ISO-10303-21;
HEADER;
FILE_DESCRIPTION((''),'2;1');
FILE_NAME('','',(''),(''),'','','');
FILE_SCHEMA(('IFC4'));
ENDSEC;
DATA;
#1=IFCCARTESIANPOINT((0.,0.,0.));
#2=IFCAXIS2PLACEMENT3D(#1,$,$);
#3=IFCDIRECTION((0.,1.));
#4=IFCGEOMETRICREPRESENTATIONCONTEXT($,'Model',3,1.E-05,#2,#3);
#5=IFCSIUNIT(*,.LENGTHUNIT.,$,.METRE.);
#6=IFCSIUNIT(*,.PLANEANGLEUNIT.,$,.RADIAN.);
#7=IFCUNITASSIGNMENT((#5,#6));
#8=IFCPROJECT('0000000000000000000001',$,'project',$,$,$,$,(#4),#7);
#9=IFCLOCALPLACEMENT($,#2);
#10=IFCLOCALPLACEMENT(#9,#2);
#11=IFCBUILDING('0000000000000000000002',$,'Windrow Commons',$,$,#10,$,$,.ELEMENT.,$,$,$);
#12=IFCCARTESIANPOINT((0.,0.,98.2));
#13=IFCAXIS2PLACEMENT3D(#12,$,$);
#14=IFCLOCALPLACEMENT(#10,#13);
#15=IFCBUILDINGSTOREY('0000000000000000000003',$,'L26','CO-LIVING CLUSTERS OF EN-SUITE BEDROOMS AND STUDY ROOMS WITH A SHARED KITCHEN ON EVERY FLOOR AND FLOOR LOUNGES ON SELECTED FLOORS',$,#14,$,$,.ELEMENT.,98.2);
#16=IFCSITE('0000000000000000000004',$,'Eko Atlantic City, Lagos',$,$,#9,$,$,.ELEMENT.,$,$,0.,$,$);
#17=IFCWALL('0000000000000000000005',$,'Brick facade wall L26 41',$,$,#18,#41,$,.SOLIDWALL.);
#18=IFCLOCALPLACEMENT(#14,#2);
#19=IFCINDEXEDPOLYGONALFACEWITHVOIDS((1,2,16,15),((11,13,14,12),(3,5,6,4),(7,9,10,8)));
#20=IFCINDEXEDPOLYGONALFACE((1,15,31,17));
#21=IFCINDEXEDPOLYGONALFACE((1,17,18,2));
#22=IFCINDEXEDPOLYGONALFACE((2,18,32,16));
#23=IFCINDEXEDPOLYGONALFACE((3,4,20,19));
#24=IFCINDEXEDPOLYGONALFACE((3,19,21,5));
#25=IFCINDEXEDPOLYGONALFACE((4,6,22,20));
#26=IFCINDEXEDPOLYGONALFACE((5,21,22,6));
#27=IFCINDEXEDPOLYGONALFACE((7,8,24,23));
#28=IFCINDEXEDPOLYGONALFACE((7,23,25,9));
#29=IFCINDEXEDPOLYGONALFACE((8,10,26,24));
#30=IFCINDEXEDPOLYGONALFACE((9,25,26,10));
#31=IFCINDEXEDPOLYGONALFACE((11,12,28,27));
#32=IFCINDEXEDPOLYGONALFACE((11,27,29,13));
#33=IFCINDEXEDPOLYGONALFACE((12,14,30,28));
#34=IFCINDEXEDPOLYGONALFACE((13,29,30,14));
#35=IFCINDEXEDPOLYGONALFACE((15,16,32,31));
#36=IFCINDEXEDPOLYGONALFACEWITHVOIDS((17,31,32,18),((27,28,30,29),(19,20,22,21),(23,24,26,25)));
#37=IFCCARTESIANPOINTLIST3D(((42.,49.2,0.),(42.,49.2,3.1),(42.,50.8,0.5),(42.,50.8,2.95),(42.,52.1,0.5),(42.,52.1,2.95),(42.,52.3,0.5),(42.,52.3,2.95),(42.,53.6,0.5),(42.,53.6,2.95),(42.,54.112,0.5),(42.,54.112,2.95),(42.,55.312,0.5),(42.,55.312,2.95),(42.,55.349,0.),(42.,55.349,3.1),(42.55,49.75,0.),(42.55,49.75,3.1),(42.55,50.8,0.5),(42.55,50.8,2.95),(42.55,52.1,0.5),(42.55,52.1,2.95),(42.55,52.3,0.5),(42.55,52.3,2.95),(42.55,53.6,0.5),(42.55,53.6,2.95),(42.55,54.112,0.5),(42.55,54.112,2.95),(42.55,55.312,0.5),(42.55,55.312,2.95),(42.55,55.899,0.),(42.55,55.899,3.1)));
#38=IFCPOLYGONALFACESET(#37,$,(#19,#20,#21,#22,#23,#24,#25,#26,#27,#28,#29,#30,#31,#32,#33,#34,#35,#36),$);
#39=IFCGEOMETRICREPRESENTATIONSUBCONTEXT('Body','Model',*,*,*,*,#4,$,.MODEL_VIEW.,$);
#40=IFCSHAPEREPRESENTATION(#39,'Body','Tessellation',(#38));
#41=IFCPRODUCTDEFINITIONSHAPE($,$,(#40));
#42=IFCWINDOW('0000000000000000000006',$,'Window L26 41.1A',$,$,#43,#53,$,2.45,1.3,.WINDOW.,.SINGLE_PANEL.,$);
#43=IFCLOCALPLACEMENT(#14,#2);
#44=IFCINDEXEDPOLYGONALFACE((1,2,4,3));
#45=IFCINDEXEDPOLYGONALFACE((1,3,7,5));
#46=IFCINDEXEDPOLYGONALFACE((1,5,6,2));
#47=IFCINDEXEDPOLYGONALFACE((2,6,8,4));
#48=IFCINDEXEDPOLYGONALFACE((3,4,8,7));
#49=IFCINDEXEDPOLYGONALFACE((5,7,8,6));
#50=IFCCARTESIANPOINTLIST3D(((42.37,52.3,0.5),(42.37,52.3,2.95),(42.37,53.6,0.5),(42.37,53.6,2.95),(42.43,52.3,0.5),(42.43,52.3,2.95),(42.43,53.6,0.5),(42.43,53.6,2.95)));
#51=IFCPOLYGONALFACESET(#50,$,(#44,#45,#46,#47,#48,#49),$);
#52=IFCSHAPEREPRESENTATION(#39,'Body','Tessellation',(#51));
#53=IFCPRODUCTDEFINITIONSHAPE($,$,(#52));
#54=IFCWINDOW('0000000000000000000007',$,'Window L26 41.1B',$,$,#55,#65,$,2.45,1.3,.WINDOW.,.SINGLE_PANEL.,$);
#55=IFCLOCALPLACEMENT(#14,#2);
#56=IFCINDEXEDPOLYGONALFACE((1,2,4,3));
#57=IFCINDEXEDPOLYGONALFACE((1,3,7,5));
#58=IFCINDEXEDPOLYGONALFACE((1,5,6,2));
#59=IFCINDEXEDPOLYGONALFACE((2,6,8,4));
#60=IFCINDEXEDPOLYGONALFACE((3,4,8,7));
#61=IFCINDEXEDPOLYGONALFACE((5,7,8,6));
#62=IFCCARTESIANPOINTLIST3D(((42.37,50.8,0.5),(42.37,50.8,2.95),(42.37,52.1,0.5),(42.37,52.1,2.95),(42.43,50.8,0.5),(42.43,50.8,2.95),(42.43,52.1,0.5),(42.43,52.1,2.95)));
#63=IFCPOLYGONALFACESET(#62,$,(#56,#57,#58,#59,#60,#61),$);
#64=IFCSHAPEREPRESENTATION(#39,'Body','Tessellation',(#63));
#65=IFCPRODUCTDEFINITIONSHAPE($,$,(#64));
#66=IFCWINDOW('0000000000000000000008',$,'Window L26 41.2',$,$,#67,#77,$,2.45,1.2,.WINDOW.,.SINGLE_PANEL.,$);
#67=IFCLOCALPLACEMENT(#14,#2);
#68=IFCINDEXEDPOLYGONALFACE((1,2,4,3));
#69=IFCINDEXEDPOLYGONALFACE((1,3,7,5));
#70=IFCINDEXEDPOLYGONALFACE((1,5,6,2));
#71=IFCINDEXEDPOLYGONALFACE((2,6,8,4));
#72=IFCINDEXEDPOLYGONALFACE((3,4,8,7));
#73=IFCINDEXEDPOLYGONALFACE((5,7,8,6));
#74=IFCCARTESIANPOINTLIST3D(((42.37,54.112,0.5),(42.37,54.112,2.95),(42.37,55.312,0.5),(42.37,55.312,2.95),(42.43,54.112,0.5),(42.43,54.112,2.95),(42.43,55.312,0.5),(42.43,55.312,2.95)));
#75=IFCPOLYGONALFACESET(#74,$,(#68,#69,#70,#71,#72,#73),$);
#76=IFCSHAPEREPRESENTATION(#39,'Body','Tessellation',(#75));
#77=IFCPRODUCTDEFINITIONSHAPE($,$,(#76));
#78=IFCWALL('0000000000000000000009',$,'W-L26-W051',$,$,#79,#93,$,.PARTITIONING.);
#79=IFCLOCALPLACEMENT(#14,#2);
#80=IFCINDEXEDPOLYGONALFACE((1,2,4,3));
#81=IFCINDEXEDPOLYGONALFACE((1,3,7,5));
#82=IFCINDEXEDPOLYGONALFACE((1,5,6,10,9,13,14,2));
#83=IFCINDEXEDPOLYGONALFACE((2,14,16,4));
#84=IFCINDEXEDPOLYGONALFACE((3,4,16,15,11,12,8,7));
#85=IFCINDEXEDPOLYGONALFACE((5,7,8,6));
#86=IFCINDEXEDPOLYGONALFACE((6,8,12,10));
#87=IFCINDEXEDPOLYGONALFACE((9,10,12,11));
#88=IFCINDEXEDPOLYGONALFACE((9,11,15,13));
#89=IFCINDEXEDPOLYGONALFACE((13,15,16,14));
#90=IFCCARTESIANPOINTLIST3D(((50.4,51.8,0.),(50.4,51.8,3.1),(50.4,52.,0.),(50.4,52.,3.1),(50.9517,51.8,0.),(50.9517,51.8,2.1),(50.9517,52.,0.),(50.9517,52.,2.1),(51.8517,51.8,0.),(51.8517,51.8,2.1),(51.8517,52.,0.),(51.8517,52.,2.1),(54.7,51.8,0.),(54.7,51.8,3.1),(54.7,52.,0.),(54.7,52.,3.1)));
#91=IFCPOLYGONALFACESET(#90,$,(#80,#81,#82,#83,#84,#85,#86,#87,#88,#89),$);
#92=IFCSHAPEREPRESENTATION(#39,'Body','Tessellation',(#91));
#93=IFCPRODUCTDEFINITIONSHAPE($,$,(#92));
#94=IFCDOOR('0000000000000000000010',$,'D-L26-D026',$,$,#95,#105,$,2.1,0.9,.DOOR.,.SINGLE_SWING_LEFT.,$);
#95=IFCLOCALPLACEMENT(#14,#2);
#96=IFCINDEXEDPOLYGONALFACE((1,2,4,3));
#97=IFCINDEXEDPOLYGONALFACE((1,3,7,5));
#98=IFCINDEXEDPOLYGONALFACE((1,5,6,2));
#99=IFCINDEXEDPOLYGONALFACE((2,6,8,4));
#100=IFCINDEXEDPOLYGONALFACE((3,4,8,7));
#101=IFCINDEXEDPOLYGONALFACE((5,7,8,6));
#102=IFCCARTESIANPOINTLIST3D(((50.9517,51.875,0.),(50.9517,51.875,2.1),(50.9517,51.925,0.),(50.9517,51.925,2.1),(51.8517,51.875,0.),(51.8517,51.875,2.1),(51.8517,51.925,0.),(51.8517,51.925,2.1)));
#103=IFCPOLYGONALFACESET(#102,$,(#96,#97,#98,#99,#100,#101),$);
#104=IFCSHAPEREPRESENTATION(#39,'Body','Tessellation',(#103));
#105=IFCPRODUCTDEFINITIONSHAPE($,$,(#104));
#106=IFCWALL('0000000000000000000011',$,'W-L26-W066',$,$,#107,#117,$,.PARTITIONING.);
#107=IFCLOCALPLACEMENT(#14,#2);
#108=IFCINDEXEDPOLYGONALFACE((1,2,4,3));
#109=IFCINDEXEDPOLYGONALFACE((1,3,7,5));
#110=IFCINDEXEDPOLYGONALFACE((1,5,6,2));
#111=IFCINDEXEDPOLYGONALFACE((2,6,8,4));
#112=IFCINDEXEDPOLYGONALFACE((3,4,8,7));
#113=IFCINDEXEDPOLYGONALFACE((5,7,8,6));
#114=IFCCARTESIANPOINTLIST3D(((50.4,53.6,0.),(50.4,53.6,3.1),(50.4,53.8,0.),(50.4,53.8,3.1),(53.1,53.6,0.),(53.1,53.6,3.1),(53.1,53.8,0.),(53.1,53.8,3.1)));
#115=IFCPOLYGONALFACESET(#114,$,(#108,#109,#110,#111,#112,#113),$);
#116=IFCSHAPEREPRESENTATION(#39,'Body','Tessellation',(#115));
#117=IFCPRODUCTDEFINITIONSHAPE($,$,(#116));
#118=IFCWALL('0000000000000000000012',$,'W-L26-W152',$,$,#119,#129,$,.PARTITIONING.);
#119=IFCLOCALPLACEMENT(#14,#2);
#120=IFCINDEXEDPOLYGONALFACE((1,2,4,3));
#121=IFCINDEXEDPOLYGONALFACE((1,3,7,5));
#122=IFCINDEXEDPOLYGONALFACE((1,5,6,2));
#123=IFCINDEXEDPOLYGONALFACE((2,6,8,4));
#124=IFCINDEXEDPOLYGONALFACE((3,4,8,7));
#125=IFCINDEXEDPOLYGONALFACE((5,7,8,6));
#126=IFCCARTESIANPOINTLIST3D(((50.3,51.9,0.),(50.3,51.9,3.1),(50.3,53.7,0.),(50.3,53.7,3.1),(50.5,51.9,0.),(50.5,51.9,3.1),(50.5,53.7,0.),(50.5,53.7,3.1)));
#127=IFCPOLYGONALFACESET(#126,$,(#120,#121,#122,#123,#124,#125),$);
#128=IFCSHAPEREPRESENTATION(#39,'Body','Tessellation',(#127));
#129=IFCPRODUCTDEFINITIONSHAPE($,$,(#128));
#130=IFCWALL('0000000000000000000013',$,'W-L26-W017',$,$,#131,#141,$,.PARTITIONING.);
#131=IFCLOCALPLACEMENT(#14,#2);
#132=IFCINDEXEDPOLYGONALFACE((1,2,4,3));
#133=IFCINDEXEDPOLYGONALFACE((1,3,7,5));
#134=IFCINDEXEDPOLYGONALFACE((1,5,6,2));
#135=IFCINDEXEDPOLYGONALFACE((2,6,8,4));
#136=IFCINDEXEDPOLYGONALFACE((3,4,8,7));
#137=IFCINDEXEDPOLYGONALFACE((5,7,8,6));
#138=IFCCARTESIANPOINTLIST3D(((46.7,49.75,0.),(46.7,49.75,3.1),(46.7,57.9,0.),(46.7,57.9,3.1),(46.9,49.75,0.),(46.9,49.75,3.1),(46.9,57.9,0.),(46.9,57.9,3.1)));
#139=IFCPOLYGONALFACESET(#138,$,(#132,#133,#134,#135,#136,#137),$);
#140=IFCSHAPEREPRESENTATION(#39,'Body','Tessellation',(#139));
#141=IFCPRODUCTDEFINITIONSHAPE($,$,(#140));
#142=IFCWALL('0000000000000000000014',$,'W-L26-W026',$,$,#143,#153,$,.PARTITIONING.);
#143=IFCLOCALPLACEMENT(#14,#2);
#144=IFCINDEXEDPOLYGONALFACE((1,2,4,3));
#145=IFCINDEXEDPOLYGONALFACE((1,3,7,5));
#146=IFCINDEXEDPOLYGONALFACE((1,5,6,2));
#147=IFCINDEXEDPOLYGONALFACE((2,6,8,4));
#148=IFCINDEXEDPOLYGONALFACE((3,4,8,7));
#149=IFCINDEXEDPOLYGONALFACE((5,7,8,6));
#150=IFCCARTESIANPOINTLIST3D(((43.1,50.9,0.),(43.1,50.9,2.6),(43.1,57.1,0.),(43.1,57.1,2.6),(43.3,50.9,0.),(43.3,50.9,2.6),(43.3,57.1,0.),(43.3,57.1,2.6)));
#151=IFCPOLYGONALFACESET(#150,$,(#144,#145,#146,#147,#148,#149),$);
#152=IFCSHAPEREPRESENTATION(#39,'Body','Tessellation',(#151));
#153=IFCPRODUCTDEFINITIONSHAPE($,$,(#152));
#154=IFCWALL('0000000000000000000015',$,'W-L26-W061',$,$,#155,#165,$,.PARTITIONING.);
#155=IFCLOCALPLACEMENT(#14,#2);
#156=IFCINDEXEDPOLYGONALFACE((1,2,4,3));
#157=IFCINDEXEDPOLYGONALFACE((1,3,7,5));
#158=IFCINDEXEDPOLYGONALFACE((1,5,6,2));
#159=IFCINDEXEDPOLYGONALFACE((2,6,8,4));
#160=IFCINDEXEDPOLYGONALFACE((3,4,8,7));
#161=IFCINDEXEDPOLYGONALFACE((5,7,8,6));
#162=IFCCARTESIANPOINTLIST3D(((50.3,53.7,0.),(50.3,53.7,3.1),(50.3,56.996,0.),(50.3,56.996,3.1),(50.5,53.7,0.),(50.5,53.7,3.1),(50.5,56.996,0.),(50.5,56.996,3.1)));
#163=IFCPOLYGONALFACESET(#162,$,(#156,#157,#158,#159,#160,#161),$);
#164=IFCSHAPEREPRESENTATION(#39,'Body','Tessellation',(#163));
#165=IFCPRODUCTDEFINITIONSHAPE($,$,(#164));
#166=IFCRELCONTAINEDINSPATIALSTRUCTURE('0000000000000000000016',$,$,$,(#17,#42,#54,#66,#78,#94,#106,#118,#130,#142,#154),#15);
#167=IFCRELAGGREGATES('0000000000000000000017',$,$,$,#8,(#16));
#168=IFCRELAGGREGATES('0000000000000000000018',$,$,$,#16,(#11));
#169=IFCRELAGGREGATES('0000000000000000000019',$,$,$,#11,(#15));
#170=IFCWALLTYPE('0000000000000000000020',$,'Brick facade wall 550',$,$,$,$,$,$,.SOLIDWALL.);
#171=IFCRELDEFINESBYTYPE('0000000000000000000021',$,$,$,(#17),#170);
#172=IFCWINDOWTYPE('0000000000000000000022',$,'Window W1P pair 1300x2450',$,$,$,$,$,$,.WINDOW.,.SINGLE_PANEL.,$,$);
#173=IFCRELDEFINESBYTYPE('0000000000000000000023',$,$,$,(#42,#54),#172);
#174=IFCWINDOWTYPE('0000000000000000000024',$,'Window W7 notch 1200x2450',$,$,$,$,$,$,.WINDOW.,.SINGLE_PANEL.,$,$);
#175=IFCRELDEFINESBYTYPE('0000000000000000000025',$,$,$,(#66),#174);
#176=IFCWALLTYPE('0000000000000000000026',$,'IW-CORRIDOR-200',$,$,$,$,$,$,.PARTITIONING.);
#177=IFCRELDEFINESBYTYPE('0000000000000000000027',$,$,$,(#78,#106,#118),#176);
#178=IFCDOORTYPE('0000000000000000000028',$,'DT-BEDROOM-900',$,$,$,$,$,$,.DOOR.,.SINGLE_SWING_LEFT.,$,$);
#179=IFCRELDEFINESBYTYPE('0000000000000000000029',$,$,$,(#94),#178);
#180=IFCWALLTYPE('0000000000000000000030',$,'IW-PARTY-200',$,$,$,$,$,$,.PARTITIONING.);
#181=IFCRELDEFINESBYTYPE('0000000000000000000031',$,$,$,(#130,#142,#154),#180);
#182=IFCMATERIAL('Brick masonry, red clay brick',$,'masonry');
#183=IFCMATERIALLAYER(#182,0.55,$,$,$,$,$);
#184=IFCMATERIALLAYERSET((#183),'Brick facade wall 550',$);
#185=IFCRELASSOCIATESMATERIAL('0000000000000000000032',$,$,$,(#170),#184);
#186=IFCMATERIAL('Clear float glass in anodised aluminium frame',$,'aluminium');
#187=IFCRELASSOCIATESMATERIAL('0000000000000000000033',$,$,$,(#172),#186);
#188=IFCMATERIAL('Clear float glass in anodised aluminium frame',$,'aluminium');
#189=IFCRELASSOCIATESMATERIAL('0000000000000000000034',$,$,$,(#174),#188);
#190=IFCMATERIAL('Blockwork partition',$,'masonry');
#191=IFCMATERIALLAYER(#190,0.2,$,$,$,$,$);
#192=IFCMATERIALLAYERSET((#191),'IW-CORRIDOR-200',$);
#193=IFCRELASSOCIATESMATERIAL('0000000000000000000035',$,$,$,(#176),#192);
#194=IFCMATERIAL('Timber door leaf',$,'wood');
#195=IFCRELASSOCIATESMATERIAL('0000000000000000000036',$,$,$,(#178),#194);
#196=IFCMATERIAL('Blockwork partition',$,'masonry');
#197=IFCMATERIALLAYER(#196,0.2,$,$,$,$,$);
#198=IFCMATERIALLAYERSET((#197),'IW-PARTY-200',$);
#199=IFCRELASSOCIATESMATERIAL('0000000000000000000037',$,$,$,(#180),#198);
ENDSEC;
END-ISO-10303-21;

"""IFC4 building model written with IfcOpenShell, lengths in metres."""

from ifc_helpers import new_model, si_unit, direction, frame, frame_2d, origin, place, context, subcontext, project, spatial, polyline, rectangle, outline, extrude, material, layer, layer_set, type_object, element, fill, save


model = new_model("IFC4")

# Units and contexts
model_context = context("Model", 3, precision=1e-05, world=origin(), true_north=direction((0.0, 1.0)))
body_context = subcontext(model_context, "Body", "Model", "MODEL_VIEW")
ifc_project = project(units=[si_unit("LENGTHUNIT", "METRE"), si_unit("PLANEANGLEUNIT", "RADIAN")], contexts=[model_context])

# Site, building, storey
site_placement = place(None, origin())
site = spatial("IfcSite", under=ifc_project, at=site_placement, Name="Eko Atlantic City, Lagos", CompositionType="ELEMENT", RefElevation=0.0)
building_placement = place(site_placement, origin())
building = spatial("IfcBuilding", under=site, at=building_placement, Name="Windrow Commons", CompositionType="ELEMENT")
storey_placement = place(building_placement, frame((0.0, 0.0, 98.2)))
storey = spatial("IfcBuildingStorey", under=building, at=storey_placement, Name="L26", Description="CO-LIVING CLUSTERS OF EN-SUITE BEDROOMS AND STUDY ROOMS WITH A SHARED KITCHEN ON EVERY FLOOR AND FLOOR LOUNGES ON SELECTED FLOORS", CompositionType="ELEMENT", Elevation=98.2)

# Wall, openings, windows
ifc_material_1 = material(Name="Brick masonry, red clay brick", Category="masonry")
ifc_layer_1 = layer(ifc_material_1, 0.55)
ifc_layer_set_1 = layer_set([ifc_layer_1], Name="Brick facade wall 550")
wall_type_1 = type_object("IfcWallType", Name="Brick facade wall 550", PredefinedType="SOLIDWALL", material=ifc_layer_set_1)
ifc_material_2 = material(Name="Clear float glass in anodised aluminium frame", Category="aluminium")
window_type_1 = type_object("IfcWindowType", Name="Window W1P pair 1300x2450", PartitioningType="SINGLE_PANEL", PredefinedType="WINDOW", material=ifc_material_2)
ifc_material_3 = material(Name="Clear float glass in anodised aluminium frame", Category="aluminium")
window_type_2 = type_object("IfcWindowType", Name="Window W7 notch 1200x2450", PartitioningType="SINGLE_PANEL", PredefinedType="WINDOW", material=ifc_material_3)
wall_1_placement = place(storey_placement, frame((42.275, 55.624, 0.0), z_axis=(0.0, 0.0, 1.0), x_axis=(0.0, -1.0, 0.0)))
wall_1 = element("IfcWall", 1, at=wall_1_placement, inside=storey, type_object=wall_type_1, Name="Brick facade wall L26 41", PredefinedType="SOLIDWALL", context=body_context, shape_type="SweptSolid", body=[
    extrude(outline(polyline([(0.275, -0.275), (6.424, -0.275), (5.874, 0.275), (-0.275, 0.275), (0.275, -0.275)])), origin(), (0.0, 0.0, 1.0), 3.1),
])
opening_1_placement = place(wall_1_placement, frame((2.024, 0.0, 0.5)))
opening_1 = element("IfcOpeningElement", 2, at=opening_1_placement, cuts=wall_1, PredefinedType="OPENING", context=body_context, shape_type="SweptSolid", body=[
    extrude(rectangle(XDim=1.3, YDim=2.45, at=frame_2d((0.65, 1.225))), frame((0.0, 0.285, 0.0), z_axis=(0.0, -1.0, 0.0), x_axis=(1.0, 0.0, 0.0)), (0.0, 0.0, 1.0), 0.57),
])
opening_2_placement = place(wall_1_placement, frame((3.524, 0.0, 0.5)))
opening_2 = element("IfcOpeningElement", 3, at=opening_2_placement, cuts=wall_1, PredefinedType="OPENING", context=body_context, shape_type="SweptSolid", body=[
    extrude(rectangle(XDim=1.3, YDim=2.45, at=frame_2d((0.65, 1.225))), frame((0.0, 0.285, 0.0), z_axis=(0.0, -1.0, 0.0), x_axis=(1.0, 0.0, 0.0)), (0.0, 0.0, 1.0), 0.57),
])
opening_3_placement = place(wall_1_placement, frame((0.312, 0.0, 0.5)))
opening_3 = element("IfcOpeningElement", 4, at=opening_3_placement, cuts=wall_1, PredefinedType="OPENING", context=body_context, shape_type="SweptSolid", body=[
    extrude(rectangle(XDim=1.2, YDim=2.45, at=frame_2d((0.6, 1.225))), frame((0.0, 0.285, 0.0), z_axis=(0.0, -1.0, 0.0), x_axis=(1.0, 0.0, 0.0)), (0.0, 0.0, 1.0), 0.57),
])
window_1_placement = place(opening_1_placement, origin())
window_1 = element("IfcWindow", 5, at=window_1_placement, inside=storey, type_object=window_type_1, Name="Window L26 41.1A", OverallHeight=2.45, OverallWidth=1.3, PartitioningType="SINGLE_PANEL", PredefinedType="WINDOW", context=body_context, shape_type="SweptSolid", body=[
    extrude(rectangle(XDim=1.3, YDim=2.45, at=frame_2d((0.65, 1.225))), frame((0.0, 0.155, 0.0), z_axis=(0.0, -1.0, 0.0), x_axis=(1.0, 0.0, 0.0)), (0.0, 0.0, 1.0), 0.06),
])
fill(opening_1, window_1)
window_2_placement = place(opening_2_placement, origin())
window_2 = element("IfcWindow", 6, at=window_2_placement, inside=storey, type_object=window_type_1, Name="Window L26 41.1B", OverallHeight=2.45, OverallWidth=1.3, PartitioningType="SINGLE_PANEL", PredefinedType="WINDOW", context=body_context, shape_type="SweptSolid", body=[
    extrude(rectangle(XDim=1.3, YDim=2.45, at=frame_2d((0.65, 1.225))), frame((0.0, 0.155, 0.0), z_axis=(0.0, -1.0, 0.0), x_axis=(1.0, 0.0, 0.0)), (0.0, 0.0, 1.0), 0.06),
])
fill(opening_2, window_2)
window_3_placement = place(opening_3_placement, origin())
window_3 = element("IfcWindow", 7, at=window_3_placement, inside=storey, type_object=window_type_2, Name="Window L26 41.2", OverallHeight=2.45, OverallWidth=1.2, PartitioningType="SINGLE_PANEL", PredefinedType="WINDOW", context=body_context, shape_type="SweptSolid", body=[
    extrude(rectangle(XDim=1.2, YDim=2.45, at=frame_2d((0.6, 1.225))), frame((0.0, 0.155, 0.0), z_axis=(0.0, -1.0, 0.0), x_axis=(1.0, 0.0, 0.0)), (0.0, 0.0, 1.0), 0.06),
])
fill(opening_3, window_3)

# Wall, opening, door
ifc_material_4 = material(Name="Blockwork partition", Category="masonry")
ifc_layer_2 = layer(ifc_material_4, 0.2)
ifc_layer_set_2 = layer_set([ifc_layer_2], Name="IW-CORRIDOR-200")
wall_type_2 = type_object("IfcWallType", Name="IW-CORRIDOR-200", PredefinedType="PARTITIONING", material=ifc_layer_set_2)
wall_2_placement = place(storey_placement, frame((50.4, 51.9, 0.0), z_axis=(0.0, 0.0, 1.0), x_axis=(1.0, 0.0, 0.0)))
wall_2 = element("IfcWall", 8, at=wall_2_placement, inside=storey, type_object=wall_type_2, Name="W-L26-W051", PredefinedType="PARTITIONING", context=body_context, shape_type="SweptSolid", body=[
    extrude(rectangle(XDim=4.3, YDim=0.2, at=frame_2d((2.15, 0.0))), origin(), (0.0, 0.0, 1.0), 3.1),
])
opening_4_placement = place(wall_2_placement, frame((0.5517, 0.0, 0.0)))
opening_4 = element("IfcOpeningElement", 9, at=opening_4_placement, cuts=wall_2, PredefinedType="OPENING", context=body_context, shape_type="SweptSolid", body=[
    extrude(rectangle(XDim=0.9, YDim=2.1, at=frame_2d((0.45, 1.05))), frame((0.0, 0.11, 0.0), z_axis=(0.0, -1.0, 0.0), x_axis=(1.0, 0.0, 0.0)), (0.0, 0.0, 1.0), 0.22),
])
ifc_material_5 = material(Name="Timber door leaf", Category="wood")
door_type = type_object("IfcDoorType", Name="DT-BEDROOM-900", OperationType="SINGLE_SWING_LEFT", PredefinedType="DOOR", material=ifc_material_5)
door_placement = place(opening_4_placement, origin())
door = element("IfcDoor", 10, at=door_placement, inside=storey, type_object=door_type, Name="D-L26-D026", OperationType="SINGLE_SWING_LEFT", OverallHeight=2.1, OverallWidth=0.9, PredefinedType="DOOR", context=body_context, shape_type="SweptSolid", body=[
    extrude(rectangle(XDim=0.9, YDim=2.1, at=frame_2d((0.45, 1.05))), frame((0.0, 0.025, 0.0), z_axis=(0.0, -1.0, 0.0), x_axis=(1.0, 0.0, 0.0)), (0.0, 0.0, 1.0), 0.05),
])
fill(opening_4, door)

# Walls
wall_3_placement = place(storey_placement, frame((50.4, 53.7, 0.0), z_axis=(0.0, 0.0, 1.0), x_axis=(1.0, 0.0, 0.0)))
element("IfcWall", 11, at=wall_3_placement, inside=storey, type_object=wall_type_2, Name="W-L26-W066", PredefinedType="PARTITIONING", context=body_context, shape_type="SweptSolid", body=[
    extrude(rectangle(XDim=2.7, YDim=0.2, at=frame_2d((1.35, 0.0))), origin(), (0.0, 0.0, 1.0), 3.1),
])
wall_4_placement = place(storey_placement, frame((50.4, 51.9, 0.0), z_axis=(0.0, 0.0, 1.0), x_axis=(0.0, 1.0, 0.0)))
element("IfcWall", 12, at=wall_4_placement, inside=storey, type_object=wall_type_2, Name="W-L26-W152", PredefinedType="PARTITIONING", context=body_context, shape_type="SweptSolid", body=[
    extrude(rectangle(XDim=1.8, YDim=0.2, at=frame_2d((0.9, 0.0))), origin(), (0.0, 0.0, 1.0), 3.1),
])
ifc_material_6 = material(Name="Blockwork partition", Category="masonry")
ifc_layer_3 = layer(ifc_material_6, 0.2)
ifc_layer_set_3 = layer_set([ifc_layer_3], Name="IW-PARTY-200")
wall_type_3 = type_object("IfcWallType", Name="IW-PARTY-200", PredefinedType="PARTITIONING", material=ifc_layer_set_3)
wall_5_placement = place(storey_placement, frame((46.8, 49.75, 0.0), z_axis=(0.0, 0.0, 1.0), x_axis=(0.0, 1.0, 0.0)))
element("IfcWall", 13, at=wall_5_placement, inside=storey, type_object=wall_type_3, Name="W-L26-W017", PredefinedType="PARTITIONING", context=body_context, shape_type="SweptSolid", body=[
    extrude(rectangle(XDim=8.15, YDim=0.2, at=frame_2d((4.075, 0.0))), origin(), (0.0, 0.0, 1.0), 3.1),
])
wall_6_placement = place(storey_placement, frame((43.2, 50.9, 0.0), z_axis=(0.0, 0.0, 1.0), x_axis=(0.0, 1.0, 0.0)))
element("IfcWall", 14, at=wall_6_placement, inside=storey, type_object=wall_type_3, Name="W-L26-W026", PredefinedType="PARTITIONING", context=body_context, shape_type="SweptSolid", body=[
    extrude(rectangle(XDim=6.2, YDim=0.2, at=frame_2d((3.1, 0.0))), origin(), (0.0, 0.0, 1.0), 2.6),
])
wall_7_placement = place(storey_placement, frame((50.4, 53.7, 0.0), z_axis=(0.0, 0.0, 1.0), x_axis=(0.0, 1.0, 0.0)))
element("IfcWall", 15, at=wall_7_placement, inside=storey, type_object=wall_type_3, Name="W-L26-W061", PredefinedType="PARTITIONING", context=body_context, shape_type="SweptSolid", body=[
    extrude(rectangle(XDim=3.296, YDim=0.2, at=frame_2d((1.648, 0.0))), origin(), (0.0, 0.0, 1.0), 3.1),
])

save(model, "model.ifc")
